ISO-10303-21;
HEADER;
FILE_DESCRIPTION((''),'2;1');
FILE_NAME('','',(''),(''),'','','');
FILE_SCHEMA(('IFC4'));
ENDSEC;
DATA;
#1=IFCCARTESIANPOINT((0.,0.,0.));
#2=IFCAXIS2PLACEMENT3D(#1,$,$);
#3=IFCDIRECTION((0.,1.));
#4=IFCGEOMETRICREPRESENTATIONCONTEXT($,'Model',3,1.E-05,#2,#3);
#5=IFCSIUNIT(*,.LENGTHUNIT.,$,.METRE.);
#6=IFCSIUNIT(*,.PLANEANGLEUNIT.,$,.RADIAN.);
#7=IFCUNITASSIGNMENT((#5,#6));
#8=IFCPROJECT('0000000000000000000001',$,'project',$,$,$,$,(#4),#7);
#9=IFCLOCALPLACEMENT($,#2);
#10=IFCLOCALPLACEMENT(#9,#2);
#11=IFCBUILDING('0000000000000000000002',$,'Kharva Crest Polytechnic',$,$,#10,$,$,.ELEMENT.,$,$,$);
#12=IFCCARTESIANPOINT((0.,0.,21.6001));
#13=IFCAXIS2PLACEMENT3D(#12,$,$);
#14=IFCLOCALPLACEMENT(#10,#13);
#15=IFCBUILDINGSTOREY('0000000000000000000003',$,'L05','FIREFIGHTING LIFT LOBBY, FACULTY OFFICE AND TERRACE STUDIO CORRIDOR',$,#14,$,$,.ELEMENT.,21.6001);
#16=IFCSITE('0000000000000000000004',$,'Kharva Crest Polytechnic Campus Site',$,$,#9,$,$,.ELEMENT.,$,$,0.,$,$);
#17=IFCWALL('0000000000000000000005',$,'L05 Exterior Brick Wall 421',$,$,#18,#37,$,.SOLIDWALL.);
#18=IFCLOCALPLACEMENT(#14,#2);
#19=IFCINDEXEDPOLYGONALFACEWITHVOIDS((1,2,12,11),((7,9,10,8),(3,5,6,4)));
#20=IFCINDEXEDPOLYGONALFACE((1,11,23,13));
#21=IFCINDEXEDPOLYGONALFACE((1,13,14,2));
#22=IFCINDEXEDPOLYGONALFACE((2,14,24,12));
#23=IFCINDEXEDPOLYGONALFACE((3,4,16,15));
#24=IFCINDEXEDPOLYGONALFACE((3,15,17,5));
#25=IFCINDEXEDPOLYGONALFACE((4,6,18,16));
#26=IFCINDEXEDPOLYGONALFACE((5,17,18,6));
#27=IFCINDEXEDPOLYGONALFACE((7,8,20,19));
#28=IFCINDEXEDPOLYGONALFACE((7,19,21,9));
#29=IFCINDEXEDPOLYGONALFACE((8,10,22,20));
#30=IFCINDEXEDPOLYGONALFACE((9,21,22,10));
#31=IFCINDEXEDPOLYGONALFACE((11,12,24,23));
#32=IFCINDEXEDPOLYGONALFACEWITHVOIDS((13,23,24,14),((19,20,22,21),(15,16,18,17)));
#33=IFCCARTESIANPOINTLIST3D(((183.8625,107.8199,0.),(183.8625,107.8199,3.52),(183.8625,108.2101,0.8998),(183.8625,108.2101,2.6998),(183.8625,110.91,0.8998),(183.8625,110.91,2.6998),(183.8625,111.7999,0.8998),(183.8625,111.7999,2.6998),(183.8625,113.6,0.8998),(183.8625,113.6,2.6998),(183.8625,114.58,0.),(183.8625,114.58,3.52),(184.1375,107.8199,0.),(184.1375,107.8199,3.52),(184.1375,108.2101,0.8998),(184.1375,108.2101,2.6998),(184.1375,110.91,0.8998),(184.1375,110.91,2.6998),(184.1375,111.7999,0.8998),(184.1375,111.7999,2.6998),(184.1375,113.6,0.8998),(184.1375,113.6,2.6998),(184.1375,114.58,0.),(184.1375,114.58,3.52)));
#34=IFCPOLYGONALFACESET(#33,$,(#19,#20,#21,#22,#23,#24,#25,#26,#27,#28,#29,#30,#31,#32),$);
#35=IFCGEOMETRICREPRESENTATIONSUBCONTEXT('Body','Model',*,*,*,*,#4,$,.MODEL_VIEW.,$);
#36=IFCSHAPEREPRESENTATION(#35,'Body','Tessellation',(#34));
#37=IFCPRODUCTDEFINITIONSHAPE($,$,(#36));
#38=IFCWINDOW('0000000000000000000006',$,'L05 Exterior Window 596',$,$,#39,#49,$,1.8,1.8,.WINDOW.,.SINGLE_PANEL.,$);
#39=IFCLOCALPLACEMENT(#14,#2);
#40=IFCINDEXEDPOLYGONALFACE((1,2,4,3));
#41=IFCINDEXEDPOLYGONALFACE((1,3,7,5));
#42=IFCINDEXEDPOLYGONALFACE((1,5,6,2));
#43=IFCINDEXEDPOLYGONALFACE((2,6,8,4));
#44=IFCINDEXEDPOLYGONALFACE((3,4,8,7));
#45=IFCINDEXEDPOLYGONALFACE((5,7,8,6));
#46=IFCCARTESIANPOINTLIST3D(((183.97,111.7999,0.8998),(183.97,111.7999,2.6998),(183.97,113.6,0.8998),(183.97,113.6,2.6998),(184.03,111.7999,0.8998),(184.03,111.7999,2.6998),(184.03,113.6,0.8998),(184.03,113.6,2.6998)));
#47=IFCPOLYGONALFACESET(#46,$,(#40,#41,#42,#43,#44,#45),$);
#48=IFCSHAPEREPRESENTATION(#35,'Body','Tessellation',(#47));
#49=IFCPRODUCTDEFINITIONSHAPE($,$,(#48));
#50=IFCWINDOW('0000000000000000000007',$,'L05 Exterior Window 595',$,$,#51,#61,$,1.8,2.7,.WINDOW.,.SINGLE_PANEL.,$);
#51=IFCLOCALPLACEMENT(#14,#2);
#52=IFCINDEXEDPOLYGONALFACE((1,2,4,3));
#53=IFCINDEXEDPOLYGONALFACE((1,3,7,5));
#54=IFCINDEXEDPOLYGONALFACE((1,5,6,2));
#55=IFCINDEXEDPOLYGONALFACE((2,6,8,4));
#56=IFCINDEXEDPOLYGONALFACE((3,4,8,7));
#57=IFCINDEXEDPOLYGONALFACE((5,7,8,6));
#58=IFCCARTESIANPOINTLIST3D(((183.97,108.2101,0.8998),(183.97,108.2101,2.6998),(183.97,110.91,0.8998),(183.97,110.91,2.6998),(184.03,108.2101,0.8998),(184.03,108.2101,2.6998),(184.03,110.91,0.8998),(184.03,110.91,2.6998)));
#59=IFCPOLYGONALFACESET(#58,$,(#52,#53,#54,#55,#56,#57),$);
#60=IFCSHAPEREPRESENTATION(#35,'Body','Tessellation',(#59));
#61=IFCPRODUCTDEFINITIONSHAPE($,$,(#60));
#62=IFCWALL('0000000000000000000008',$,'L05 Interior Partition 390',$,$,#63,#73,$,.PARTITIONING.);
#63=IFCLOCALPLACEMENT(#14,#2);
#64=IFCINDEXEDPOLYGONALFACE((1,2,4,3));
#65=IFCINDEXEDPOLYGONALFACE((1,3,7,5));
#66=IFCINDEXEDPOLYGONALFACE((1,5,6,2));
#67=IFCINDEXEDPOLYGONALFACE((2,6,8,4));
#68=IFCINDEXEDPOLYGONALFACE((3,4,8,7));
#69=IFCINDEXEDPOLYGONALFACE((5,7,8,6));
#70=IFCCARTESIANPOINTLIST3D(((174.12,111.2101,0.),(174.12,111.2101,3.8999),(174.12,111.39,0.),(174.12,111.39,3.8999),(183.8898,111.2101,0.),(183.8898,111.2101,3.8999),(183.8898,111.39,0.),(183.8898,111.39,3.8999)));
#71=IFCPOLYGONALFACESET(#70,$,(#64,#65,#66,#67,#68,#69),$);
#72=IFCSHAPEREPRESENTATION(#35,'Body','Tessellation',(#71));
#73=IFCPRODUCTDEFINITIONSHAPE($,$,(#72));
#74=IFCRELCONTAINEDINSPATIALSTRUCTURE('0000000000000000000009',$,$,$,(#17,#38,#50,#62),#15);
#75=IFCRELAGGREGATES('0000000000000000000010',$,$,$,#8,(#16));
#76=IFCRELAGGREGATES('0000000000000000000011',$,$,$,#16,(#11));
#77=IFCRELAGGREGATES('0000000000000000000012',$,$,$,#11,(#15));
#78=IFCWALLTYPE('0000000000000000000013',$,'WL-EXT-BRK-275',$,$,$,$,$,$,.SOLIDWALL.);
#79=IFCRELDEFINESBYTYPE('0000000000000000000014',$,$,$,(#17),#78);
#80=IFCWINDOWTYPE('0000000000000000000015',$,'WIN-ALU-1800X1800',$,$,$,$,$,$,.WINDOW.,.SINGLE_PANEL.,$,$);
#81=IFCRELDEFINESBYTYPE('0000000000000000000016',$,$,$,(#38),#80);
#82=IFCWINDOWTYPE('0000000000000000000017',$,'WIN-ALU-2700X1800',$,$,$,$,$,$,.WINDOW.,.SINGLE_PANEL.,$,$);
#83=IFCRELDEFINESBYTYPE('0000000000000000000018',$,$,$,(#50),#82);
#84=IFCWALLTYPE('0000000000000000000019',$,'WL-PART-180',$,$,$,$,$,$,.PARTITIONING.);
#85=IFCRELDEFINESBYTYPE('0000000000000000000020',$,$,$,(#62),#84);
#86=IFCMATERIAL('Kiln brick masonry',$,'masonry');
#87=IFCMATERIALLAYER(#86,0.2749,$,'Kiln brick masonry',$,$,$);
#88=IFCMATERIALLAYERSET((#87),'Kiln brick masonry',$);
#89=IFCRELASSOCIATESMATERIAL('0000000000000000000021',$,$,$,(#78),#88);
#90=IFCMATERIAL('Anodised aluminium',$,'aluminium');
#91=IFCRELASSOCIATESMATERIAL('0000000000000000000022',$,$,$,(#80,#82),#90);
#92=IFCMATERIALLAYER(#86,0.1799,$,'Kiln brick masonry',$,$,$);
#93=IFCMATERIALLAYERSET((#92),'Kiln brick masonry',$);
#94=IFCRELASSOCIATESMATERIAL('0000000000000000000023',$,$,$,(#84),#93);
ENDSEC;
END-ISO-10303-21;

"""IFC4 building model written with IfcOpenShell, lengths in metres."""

from ifc_helpers import new_model, si_unit, direction, frame, frame_2d, origin, place, context, subcontext, project, spatial, rectangle, extrude, material, layer, layer_set, type_object, element, fill, save


model = new_model("IFC4")

# Units and contexts
model_context = context("Model", 3, precision=1e-05, world=origin(), true_north=direction((0.0, 1.0)))
body_context = subcontext(model_context, "Body", "Model", "MODEL_VIEW")
ifc_project = project(units=[si_unit("LENGTHUNIT", "METRE"), si_unit("PLANEANGLEUNIT", "RADIAN")], contexts=[model_context])

# Site, building, storey
site_placement = place(None, origin())
site = spatial("IfcSite", under=ifc_project, at=site_placement, Name="Kharva Crest Polytechnic Campus Site", CompositionType="ELEMENT", RefElevation=0.0)
building_placement = place(site_placement, origin())
building = spatial("IfcBuilding", under=site, at=building_placement, Name="Kharva Crest Polytechnic", CompositionType="ELEMENT")
storey_placement = place(building_placement, frame((0.0, 0.0, 21.6001)))
storey = spatial("IfcBuildingStorey", under=building, at=storey_placement, Name="L05", Description="FIREFIGHTING LIFT LOBBY, FACULTY OFFICE AND TERRACE STUDIO CORRIDOR", CompositionType="ELEMENT", Elevation=21.6001)

# Wall, openings, windows
ifc_material_1 = material(Name="Kiln brick masonry", Category="masonry")
ifc_layer_1 = layer(ifc_material_1, 0.2749, Name="Kiln brick masonry")
ifc_layer_set_1 = layer_set([ifc_layer_1], Name="Kiln brick masonry")
wall_type_1 = type_object("IfcWallType", Name="WL-EXT-BRK-275", PredefinedType="SOLIDWALL", material=ifc_layer_set_1)
wall_1_placement = place(storey_placement, frame((184.0, 107.8201, 0.0), z_axis=(0.0, 0.0, 1.0), x_axis=(0.0, 1.0, 0.0)))
wall_1 = element("IfcWall", 1, at=wall_1_placement, inside=storey, type_object=wall_type_1, Name="L05 Exterior Brick Wall 421", PredefinedType="SOLIDWALL", context=body_context, shape_type="SweptSolid", body=[
    extrude(rectangle(XDim=6.76, YDim=0.2749, at=frame_2d((3.3799, 0.0))), origin(), (0.0, 0.0, 1.0), 3.52),
])
opening_1_placement = place(wall_1_placement, frame((0.3899, 0.0, 0.8999)))
opening_1 = element("IfcOpeningElement", 2, at=opening_1_placement, cuts=wall_1, PredefinedType="OPENING", context=body_context, shape_type="SweptSolid", body=[
    extrude(rectangle(XDim=2.7, YDim=1.8, at=frame_2d((1.3501, 0.8999))), frame((0.0, 0.1475, 0.0), z_axis=(0.0, -1.0, 0.0), x_axis=(1.0, 0.0, 0.0)), (0.0, 0.0, 1.0), 0.2949),
])
opening_2_placement = place(wall_1_placement, frame((3.98, 0.0, 0.8999)))
opening_2 = element("IfcOpeningElement", 3, at=opening_2_placement, cuts=wall_1, PredefinedType="OPENING", context=body_context, shape_type="SweptSolid", body=[
    extrude(rectangle(XDim=1.8, YDim=1.8, at=frame_2d((0.8999, 0.8999))), frame((0.0, 0.1475, 0.0), z_axis=(0.0, -1.0, 0.0), x_axis=(1.0, 0.0, 0.0)), (0.0, 0.0, 1.0), 0.2949),
])
ifc_material_2 = material(Name="Anodised aluminium", Category="aluminium")
window_type_1 = type_object("IfcWindowType", Name="WIN-ALU-1800X1800", PartitioningType="SINGLE_PANEL", PredefinedType="WINDOW", material=ifc_material_2)
window_1_placement = place(opening_2_placement, origin())
window_1 = element("IfcWindow", 4, at=window_1_placement, inside=storey, type_object=window_type_1, Name="L05 Exterior Window 596", OverallHeight=1.8, OverallWidth=1.8, PartitioningType="SINGLE_PANEL", PredefinedType="WINDOW", context=body_context, shape_type="SweptSolid", body=[
    extrude(rectangle(XDim=1.8, YDim=1.8, at=frame_2d((0.8999, 0.8999))), frame((0.0, 0.03, 0.0), z_axis=(0.0, -1.0, 0.0), x_axis=(1.0, 0.0, 0.0)), (0.0, 0.0, 1.0), 0.0601),
])
fill(opening_2, window_1)
window_type_2 = type_object("IfcWindowType", Name="WIN-ALU-2700X1800", PartitioningType="SINGLE_PANEL", PredefinedType="WINDOW", material=ifc_material_2)
window_2_placement = place(opening_1_placement, origin())
window_2 = element("IfcWindow", 5, at=window_2_placement, inside=storey, type_object=window_type_2, Name="L05 Exterior Window 595", OverallHeight=1.8, OverallWidth=2.7, PartitioningType="SINGLE_PANEL", PredefinedType="WINDOW", context=body_context, shape_type="SweptSolid", body=[
    extrude(rectangle(XDim=2.7, YDim=1.8, at=frame_2d((1.3501, 0.8999))), frame((0.0, 0.03, 0.0), z_axis=(0.0, -1.0, 0.0), x_axis=(1.0, 0.0, 0.0)), (0.0, 0.0, 1.0), 0.0601),
])
fill(opening_1, window_2)

# Wall
ifc_layer_2 = layer(ifc_material_1, 0.1799, Name="Kiln brick masonry")
ifc_layer_set_2 = layer_set([ifc_layer_2], Name="Kiln brick masonry")
wall_type_2 = type_object("IfcWallType", Name="WL-PART-180", PredefinedType="PARTITIONING", material=ifc_layer_set_2)
wall_2_placement = place(storey_placement, frame((174.1201, 111.3, 0.0), z_axis=(0.0, 0.0, 1.0), x_axis=(1.0, 0.0, 0.0)))
element("IfcWall", 6, at=wall_2_placement, inside=storey, type_object=wall_type_2, Name="L05 Interior Partition 390", PredefinedType="PARTITIONING", context=body_context, shape_type="SweptSolid", body=[
    extrude(rectangle(XDim=9.7698, YDim=0.1799, at=frame_2d((4.8848, 0.0))), origin(), (0.0, 0.0, 1.0), 3.8999),
])

save(model, "model.ifc")
